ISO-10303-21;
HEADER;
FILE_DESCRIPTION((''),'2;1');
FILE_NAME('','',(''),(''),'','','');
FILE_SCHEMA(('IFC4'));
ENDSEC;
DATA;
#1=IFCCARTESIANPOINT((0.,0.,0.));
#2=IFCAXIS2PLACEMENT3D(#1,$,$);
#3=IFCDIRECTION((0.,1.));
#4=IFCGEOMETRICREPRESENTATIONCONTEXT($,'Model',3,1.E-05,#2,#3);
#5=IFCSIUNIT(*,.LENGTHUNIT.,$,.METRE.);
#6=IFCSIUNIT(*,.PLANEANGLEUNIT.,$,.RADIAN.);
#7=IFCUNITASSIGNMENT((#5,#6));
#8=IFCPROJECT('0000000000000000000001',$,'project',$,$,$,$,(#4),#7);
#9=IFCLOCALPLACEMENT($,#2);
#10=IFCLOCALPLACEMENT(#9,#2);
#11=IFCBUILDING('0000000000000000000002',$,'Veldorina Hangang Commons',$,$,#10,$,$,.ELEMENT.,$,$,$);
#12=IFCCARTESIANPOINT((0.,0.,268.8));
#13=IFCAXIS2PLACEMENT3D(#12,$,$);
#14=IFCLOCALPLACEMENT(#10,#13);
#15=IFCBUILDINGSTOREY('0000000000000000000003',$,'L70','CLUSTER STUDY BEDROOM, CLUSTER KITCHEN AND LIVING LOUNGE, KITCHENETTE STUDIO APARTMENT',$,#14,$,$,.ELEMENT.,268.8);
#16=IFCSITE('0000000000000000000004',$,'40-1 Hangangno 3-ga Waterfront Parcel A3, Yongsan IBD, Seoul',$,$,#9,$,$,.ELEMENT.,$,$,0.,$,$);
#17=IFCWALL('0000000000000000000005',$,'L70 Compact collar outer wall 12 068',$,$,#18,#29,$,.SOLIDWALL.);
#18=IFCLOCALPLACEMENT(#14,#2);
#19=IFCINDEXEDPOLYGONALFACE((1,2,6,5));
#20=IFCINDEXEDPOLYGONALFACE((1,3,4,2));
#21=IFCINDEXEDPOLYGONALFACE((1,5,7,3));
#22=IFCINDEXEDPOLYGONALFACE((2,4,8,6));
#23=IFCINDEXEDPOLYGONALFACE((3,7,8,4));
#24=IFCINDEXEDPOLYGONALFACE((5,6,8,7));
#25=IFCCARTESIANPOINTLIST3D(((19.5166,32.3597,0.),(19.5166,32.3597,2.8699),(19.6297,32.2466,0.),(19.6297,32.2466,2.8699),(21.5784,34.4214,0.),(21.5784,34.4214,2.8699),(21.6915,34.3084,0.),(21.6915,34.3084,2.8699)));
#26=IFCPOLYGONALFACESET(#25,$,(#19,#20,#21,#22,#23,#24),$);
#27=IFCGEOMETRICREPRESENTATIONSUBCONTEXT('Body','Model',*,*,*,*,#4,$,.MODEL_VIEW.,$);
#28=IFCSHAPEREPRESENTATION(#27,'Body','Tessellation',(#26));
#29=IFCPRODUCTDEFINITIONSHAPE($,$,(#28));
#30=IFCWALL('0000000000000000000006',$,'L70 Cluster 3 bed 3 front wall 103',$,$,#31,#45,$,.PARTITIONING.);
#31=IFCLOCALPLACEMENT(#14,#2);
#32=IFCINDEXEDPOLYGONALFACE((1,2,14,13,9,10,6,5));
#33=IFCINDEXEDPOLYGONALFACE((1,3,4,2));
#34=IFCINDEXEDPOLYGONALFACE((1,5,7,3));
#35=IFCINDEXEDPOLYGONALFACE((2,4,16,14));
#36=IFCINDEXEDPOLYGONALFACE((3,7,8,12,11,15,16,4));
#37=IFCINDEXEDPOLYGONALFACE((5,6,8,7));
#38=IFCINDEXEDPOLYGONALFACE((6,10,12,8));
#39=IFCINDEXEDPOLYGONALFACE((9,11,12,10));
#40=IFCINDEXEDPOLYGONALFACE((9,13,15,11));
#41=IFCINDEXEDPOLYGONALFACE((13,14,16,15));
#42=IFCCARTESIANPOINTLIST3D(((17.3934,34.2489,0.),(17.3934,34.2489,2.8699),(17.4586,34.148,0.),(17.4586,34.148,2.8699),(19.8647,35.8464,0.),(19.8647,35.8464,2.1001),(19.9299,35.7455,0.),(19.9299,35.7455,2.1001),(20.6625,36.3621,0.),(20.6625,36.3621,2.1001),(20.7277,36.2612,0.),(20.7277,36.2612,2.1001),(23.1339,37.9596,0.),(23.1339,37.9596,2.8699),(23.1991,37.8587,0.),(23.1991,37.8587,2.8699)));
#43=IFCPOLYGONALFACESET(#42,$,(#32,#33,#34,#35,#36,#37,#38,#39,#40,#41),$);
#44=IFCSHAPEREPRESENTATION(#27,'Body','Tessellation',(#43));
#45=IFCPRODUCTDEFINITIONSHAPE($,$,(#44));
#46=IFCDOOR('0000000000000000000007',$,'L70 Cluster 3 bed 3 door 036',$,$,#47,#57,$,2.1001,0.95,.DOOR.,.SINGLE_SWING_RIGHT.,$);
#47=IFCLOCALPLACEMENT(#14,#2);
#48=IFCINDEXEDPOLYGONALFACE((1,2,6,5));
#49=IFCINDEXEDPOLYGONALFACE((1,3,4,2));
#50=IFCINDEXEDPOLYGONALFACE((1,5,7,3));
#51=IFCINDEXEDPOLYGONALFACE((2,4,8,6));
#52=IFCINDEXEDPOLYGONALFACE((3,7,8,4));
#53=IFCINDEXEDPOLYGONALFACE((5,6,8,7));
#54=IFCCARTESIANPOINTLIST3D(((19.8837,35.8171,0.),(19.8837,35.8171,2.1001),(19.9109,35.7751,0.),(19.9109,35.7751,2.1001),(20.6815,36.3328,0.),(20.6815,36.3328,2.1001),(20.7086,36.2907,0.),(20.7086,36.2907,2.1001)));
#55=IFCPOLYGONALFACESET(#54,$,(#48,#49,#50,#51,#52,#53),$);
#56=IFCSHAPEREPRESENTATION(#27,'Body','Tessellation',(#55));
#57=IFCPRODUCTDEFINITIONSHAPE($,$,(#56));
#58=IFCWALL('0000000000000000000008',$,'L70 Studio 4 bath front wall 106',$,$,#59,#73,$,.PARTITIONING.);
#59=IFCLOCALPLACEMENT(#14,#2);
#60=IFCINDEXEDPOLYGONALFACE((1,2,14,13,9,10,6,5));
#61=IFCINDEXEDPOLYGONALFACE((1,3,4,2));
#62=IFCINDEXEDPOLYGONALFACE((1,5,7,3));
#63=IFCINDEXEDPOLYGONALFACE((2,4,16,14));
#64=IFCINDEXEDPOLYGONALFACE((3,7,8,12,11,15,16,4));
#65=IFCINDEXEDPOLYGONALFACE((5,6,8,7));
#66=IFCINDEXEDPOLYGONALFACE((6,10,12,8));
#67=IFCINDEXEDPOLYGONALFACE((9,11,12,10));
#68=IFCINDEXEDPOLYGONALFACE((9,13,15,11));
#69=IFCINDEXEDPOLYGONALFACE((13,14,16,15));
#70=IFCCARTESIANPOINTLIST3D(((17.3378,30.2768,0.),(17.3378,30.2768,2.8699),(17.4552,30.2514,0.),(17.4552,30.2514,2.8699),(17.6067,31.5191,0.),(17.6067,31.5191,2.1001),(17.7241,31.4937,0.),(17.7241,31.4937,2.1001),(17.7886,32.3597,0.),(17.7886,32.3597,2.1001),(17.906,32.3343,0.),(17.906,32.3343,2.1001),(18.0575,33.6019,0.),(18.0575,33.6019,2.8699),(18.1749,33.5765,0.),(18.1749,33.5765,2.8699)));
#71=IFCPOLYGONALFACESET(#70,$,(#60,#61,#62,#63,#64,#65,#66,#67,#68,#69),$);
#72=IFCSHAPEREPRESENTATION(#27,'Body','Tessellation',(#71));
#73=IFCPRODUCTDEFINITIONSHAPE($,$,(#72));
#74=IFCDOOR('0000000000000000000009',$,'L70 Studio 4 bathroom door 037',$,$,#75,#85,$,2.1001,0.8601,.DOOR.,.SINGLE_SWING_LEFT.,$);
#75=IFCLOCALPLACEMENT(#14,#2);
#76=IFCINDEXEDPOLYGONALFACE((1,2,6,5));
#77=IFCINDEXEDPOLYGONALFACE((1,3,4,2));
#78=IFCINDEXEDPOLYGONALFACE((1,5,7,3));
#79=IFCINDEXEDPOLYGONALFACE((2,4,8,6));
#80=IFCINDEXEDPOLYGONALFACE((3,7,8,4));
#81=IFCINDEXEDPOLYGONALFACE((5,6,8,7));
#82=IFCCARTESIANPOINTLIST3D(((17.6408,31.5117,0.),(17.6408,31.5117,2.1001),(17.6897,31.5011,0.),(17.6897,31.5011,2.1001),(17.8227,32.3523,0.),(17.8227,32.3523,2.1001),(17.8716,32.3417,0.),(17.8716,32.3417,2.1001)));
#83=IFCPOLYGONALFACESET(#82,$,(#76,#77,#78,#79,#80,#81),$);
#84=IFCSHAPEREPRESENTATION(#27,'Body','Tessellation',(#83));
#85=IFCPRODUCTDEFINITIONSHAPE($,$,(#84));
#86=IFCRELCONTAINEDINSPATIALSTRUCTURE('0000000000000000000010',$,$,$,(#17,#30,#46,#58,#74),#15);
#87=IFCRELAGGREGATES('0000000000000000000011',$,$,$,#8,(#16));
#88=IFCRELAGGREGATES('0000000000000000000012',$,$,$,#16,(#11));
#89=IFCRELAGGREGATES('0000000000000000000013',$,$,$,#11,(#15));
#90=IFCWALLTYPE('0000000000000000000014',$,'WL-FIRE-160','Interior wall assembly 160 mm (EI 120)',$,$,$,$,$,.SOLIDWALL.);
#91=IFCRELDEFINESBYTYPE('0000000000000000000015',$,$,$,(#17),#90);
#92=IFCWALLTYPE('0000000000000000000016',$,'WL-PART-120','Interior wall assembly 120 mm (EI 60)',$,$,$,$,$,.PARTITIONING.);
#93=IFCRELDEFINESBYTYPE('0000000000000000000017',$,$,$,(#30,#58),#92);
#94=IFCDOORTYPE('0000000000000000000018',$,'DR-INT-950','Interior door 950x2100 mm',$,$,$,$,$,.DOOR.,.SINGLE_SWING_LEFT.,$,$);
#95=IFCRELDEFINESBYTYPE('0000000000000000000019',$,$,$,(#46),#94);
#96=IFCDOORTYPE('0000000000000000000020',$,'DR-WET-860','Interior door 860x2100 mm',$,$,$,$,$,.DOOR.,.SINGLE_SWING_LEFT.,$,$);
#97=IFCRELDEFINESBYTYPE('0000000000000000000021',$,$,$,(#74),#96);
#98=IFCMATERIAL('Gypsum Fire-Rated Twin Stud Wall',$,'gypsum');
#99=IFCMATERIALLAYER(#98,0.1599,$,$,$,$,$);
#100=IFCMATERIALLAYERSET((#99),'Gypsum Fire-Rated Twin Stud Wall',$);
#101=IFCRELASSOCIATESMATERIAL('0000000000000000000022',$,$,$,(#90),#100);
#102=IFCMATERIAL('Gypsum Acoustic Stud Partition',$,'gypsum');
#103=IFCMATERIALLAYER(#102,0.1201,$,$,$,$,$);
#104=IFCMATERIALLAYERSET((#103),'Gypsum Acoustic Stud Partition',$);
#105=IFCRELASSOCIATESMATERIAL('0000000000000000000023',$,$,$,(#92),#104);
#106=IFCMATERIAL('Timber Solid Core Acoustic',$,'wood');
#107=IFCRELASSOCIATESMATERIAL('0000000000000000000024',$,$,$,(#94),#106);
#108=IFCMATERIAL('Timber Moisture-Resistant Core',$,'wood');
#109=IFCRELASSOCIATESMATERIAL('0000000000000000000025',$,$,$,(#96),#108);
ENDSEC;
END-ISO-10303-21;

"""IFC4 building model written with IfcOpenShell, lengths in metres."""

from ifc_helpers import new_model, si_unit, direction, frame, frame_2d, origin, place, context, subcontext, project, spatial, rectangle, extrude, material, layer, layer_set, type_object, element, fill, save


model = new_model("IFC4")

# Units and contexts
model_context = context("Model", 3, precision=1e-05, world=origin(), true_north=direction((0.0, 1.0)))
body_context = subcontext(model_context, "Body", "Model", "MODEL_VIEW")
ifc_project = project(units=[si_unit("LENGTHUNIT", "METRE"), si_unit("PLANEANGLEUNIT", "RADIAN")], contexts=[model_context])

# Site, building, storey
site_placement = place(None, origin())
site = spatial("IfcSite", under=ifc_project, at=site_placement, Name="40-1 Hangangno 3-ga Waterfront Parcel A3, Yongsan IBD, Seoul", CompositionType="ELEMENT", RefElevation=0.0)
building_placement = place(site_placement, origin())
building = spatial("IfcBuilding", under=site, at=building_placement, Name="Veldorina Hangang Commons", CompositionType="ELEMENT")
storey_placement = place(building_placement, frame((0.0, 0.0, 268.8)))
storey = spatial("IfcBuildingStorey", under=building, at=storey_placement, Name="L70", Description="CLUSTER STUDY BEDROOM, CLUSTER KITCHEN AND LIVING LOUNGE, KITCHENETTE STUDIO APARTMENT", CompositionType="ELEMENT", Elevation=268.8)

# Wall
ifc_material_1 = material(Name="Gypsum Fire-Rated Twin Stud Wall", Category="gypsum")
ifc_layer_1 = layer(ifc_material_1, 0.1599)
ifc_layer_set_1 = layer_set([ifc_layer_1], Name="Gypsum Fire-Rated Twin Stud Wall")
wall_type_1 = type_object("IfcWallType", Name="WL-FIRE-160", Description="Interior wall assembly 160 mm (EI 120)", PredefinedType="SOLIDWALL", material=ifc_layer_set_1)
wall_1_placement = place(storey_placement, frame((21.635, 34.365, 0.0), z_axis=(0.0, 0.0, 1.0), x_axis=(-0.707107, -0.707107, 0.0)))
element("IfcWall", 1, at=wall_1_placement, inside=storey, type_object=wall_type_1, Name="L70 Compact collar outer wall 12 068", PredefinedType="SOLIDWALL", context=body_context, shape_type="SweptSolid", body=[
    extrude(rectangle(XDim=2.9158, YDim=0.1599, at=frame_2d((1.458, 0.0))), origin(), (0.0, 0.0, 1.0), 2.8699),
])

# Walls, openings, doors
ifc_material_2 = material(Name="Gypsum Acoustic Stud Partition", Category="gypsum")
ifc_layer_2 = layer(ifc_material_2, 0.1201)
ifc_layer_set_2 = layer_set([ifc_layer_2], Name="Gypsum Acoustic Stud Partition")
wall_type_2 = type_object("IfcWallType", Name="WL-PART-120", Description="Interior wall assembly 120 mm (EI 60)", PredefinedType="PARTITIONING", material=ifc_layer_set_2)
wall_2_placement = place(storey_placement, frame((23.1665, 37.9092, 0.0), z_axis=(0.0, 0.0, 1.0), x_axis=(-0.839819, -0.542866, 0.0)))
wall_2 = element("IfcWall", 2, at=wall_2_placement, inside=storey, type_object=wall_type_2, Name="L70 Cluster 3 bed 3 front wall 103", PredefinedType="PARTITIONING", context=body_context, shape_type="SweptSolid", body=[
    extrude(rectangle(XDim=6.8354, YDim=0.1201, at=frame_2d((3.4177, 0.0))), origin(), (0.0, 0.0, 1.0), 2.8699),
])
opening_1_placement = place(wall_2_placement, frame((2.9426, 0.0, 0.0)))
opening_1 = element("IfcOpeningElement", 3, at=opening_1_placement, cuts=wall_2, PredefinedType="OPENING", context=body_context, shape_type="SweptSolid", body=[
    extrude(rectangle(XDim=0.95, YDim=2.1001, at=frame_2d((0.4751, 1.05))), frame((0.0, 0.0701, 0.0), z_axis=(0.0, -1.0, 0.0), x_axis=(1.0, 0.0, 0.0)), (0.0, 0.0, 1.0), 0.1401),
])
ifc_material_3 = material(Name="Timber Solid Core Acoustic", Category="wood")
door_type_1 = type_object("IfcDoorType", Name="DR-INT-950", Description="Interior door 950x2100 mm", OperationType="SINGLE_SWING_LEFT", PredefinedType="DOOR", material=ifc_material_3)
door_1_placement = place(opening_1_placement, origin())
door_1 = element("IfcDoor", 4, at=door_1_placement, inside=storey, type_object=door_type_1, Name="L70 Cluster 3 bed 3 door 036", OperationType="SINGLE_SWING_RIGHT", OverallHeight=2.1001, OverallWidth=0.95, PredefinedType="DOOR", context=body_context, shape_type="SweptSolid", body=[
    extrude(rectangle(XDim=0.95, YDim=2.1001, at=frame_2d((0.4751, 1.05))), frame((0.0, 0.0249, 0.0), z_axis=(0.0, -1.0, 0.0), x_axis=(1.0, 0.0, 0.0)), (0.0, 0.0, 1.0), 0.05),
])
fill(opening_1, door_1)
wall_3_placement = place(storey_placement, frame((18.1162, 33.5894, 0.0), z_axis=(0.0, 0.0, 1.0), x_axis=(-0.211548, -0.977368, 0.0)))
wall_3 = element("IfcWall", 5, at=wall_3_placement, inside=storey, type_object=wall_type_2, Name="L70 Studio 4 bath front wall 106", PredefinedType="PARTITIONING", context=body_context, shape_type="SweptSolid", body=[
    extrude(rectangle(XDim=3.4021, YDim=0.1201, at=frame_2d((1.7012, 0.0))), origin(), (0.0, 0.0, 1.0), 2.8699),
])
opening_2_placement = place(wall_3_placement, frame((1.271, 0.0, 0.0)))
opening_2 = element("IfcOpeningElement", 6, at=opening_2_placement, cuts=wall_3, PredefinedType="OPENING", context=body_context, shape_type="SweptSolid", body=[
    extrude(rectangle(XDim=0.8601, YDim=2.1001, at=frame_2d((0.4302, 1.05))), frame((0.0, 0.0701, 0.0), z_axis=(0.0, -1.0, 0.0), x_axis=(1.0, 0.0, 0.0)), (0.0, 0.0, 1.0), 0.1401),
])
ifc_material_4 = material(Name="Timber Moisture-Resistant Core", Category="wood")
door_type_2 = type_object("IfcDoorType", Name="DR-WET-860", Description="Interior door 860x2100 mm", OperationType="SINGLE_SWING_LEFT", PredefinedType="DOOR", material=ifc_material_4)
door_2_placement = place(opening_2_placement, origin())
door_2 = element("IfcDoor", 7, at=door_2_placement, inside=storey, type_object=door_type_2, Name="L70 Studio 4 bathroom door 037", OperationType="SINGLE_SWING_LEFT", OverallHeight=2.1001, OverallWidth=0.8601, PredefinedType="DOOR", context=body_context, shape_type="SweptSolid", body=[
    extrude(rectangle(XDim=0.8601, YDim=2.1001, at=frame_2d((0.4302, 1.05))), frame((0.0, 0.0249, 0.0), z_axis=(0.0, -1.0, 0.0), x_axis=(1.0, 0.0, 0.0)), (0.0, 0.0, 1.0), 0.05),
])
fill(opening_2, door_2)

save(model, "model.ifc")
